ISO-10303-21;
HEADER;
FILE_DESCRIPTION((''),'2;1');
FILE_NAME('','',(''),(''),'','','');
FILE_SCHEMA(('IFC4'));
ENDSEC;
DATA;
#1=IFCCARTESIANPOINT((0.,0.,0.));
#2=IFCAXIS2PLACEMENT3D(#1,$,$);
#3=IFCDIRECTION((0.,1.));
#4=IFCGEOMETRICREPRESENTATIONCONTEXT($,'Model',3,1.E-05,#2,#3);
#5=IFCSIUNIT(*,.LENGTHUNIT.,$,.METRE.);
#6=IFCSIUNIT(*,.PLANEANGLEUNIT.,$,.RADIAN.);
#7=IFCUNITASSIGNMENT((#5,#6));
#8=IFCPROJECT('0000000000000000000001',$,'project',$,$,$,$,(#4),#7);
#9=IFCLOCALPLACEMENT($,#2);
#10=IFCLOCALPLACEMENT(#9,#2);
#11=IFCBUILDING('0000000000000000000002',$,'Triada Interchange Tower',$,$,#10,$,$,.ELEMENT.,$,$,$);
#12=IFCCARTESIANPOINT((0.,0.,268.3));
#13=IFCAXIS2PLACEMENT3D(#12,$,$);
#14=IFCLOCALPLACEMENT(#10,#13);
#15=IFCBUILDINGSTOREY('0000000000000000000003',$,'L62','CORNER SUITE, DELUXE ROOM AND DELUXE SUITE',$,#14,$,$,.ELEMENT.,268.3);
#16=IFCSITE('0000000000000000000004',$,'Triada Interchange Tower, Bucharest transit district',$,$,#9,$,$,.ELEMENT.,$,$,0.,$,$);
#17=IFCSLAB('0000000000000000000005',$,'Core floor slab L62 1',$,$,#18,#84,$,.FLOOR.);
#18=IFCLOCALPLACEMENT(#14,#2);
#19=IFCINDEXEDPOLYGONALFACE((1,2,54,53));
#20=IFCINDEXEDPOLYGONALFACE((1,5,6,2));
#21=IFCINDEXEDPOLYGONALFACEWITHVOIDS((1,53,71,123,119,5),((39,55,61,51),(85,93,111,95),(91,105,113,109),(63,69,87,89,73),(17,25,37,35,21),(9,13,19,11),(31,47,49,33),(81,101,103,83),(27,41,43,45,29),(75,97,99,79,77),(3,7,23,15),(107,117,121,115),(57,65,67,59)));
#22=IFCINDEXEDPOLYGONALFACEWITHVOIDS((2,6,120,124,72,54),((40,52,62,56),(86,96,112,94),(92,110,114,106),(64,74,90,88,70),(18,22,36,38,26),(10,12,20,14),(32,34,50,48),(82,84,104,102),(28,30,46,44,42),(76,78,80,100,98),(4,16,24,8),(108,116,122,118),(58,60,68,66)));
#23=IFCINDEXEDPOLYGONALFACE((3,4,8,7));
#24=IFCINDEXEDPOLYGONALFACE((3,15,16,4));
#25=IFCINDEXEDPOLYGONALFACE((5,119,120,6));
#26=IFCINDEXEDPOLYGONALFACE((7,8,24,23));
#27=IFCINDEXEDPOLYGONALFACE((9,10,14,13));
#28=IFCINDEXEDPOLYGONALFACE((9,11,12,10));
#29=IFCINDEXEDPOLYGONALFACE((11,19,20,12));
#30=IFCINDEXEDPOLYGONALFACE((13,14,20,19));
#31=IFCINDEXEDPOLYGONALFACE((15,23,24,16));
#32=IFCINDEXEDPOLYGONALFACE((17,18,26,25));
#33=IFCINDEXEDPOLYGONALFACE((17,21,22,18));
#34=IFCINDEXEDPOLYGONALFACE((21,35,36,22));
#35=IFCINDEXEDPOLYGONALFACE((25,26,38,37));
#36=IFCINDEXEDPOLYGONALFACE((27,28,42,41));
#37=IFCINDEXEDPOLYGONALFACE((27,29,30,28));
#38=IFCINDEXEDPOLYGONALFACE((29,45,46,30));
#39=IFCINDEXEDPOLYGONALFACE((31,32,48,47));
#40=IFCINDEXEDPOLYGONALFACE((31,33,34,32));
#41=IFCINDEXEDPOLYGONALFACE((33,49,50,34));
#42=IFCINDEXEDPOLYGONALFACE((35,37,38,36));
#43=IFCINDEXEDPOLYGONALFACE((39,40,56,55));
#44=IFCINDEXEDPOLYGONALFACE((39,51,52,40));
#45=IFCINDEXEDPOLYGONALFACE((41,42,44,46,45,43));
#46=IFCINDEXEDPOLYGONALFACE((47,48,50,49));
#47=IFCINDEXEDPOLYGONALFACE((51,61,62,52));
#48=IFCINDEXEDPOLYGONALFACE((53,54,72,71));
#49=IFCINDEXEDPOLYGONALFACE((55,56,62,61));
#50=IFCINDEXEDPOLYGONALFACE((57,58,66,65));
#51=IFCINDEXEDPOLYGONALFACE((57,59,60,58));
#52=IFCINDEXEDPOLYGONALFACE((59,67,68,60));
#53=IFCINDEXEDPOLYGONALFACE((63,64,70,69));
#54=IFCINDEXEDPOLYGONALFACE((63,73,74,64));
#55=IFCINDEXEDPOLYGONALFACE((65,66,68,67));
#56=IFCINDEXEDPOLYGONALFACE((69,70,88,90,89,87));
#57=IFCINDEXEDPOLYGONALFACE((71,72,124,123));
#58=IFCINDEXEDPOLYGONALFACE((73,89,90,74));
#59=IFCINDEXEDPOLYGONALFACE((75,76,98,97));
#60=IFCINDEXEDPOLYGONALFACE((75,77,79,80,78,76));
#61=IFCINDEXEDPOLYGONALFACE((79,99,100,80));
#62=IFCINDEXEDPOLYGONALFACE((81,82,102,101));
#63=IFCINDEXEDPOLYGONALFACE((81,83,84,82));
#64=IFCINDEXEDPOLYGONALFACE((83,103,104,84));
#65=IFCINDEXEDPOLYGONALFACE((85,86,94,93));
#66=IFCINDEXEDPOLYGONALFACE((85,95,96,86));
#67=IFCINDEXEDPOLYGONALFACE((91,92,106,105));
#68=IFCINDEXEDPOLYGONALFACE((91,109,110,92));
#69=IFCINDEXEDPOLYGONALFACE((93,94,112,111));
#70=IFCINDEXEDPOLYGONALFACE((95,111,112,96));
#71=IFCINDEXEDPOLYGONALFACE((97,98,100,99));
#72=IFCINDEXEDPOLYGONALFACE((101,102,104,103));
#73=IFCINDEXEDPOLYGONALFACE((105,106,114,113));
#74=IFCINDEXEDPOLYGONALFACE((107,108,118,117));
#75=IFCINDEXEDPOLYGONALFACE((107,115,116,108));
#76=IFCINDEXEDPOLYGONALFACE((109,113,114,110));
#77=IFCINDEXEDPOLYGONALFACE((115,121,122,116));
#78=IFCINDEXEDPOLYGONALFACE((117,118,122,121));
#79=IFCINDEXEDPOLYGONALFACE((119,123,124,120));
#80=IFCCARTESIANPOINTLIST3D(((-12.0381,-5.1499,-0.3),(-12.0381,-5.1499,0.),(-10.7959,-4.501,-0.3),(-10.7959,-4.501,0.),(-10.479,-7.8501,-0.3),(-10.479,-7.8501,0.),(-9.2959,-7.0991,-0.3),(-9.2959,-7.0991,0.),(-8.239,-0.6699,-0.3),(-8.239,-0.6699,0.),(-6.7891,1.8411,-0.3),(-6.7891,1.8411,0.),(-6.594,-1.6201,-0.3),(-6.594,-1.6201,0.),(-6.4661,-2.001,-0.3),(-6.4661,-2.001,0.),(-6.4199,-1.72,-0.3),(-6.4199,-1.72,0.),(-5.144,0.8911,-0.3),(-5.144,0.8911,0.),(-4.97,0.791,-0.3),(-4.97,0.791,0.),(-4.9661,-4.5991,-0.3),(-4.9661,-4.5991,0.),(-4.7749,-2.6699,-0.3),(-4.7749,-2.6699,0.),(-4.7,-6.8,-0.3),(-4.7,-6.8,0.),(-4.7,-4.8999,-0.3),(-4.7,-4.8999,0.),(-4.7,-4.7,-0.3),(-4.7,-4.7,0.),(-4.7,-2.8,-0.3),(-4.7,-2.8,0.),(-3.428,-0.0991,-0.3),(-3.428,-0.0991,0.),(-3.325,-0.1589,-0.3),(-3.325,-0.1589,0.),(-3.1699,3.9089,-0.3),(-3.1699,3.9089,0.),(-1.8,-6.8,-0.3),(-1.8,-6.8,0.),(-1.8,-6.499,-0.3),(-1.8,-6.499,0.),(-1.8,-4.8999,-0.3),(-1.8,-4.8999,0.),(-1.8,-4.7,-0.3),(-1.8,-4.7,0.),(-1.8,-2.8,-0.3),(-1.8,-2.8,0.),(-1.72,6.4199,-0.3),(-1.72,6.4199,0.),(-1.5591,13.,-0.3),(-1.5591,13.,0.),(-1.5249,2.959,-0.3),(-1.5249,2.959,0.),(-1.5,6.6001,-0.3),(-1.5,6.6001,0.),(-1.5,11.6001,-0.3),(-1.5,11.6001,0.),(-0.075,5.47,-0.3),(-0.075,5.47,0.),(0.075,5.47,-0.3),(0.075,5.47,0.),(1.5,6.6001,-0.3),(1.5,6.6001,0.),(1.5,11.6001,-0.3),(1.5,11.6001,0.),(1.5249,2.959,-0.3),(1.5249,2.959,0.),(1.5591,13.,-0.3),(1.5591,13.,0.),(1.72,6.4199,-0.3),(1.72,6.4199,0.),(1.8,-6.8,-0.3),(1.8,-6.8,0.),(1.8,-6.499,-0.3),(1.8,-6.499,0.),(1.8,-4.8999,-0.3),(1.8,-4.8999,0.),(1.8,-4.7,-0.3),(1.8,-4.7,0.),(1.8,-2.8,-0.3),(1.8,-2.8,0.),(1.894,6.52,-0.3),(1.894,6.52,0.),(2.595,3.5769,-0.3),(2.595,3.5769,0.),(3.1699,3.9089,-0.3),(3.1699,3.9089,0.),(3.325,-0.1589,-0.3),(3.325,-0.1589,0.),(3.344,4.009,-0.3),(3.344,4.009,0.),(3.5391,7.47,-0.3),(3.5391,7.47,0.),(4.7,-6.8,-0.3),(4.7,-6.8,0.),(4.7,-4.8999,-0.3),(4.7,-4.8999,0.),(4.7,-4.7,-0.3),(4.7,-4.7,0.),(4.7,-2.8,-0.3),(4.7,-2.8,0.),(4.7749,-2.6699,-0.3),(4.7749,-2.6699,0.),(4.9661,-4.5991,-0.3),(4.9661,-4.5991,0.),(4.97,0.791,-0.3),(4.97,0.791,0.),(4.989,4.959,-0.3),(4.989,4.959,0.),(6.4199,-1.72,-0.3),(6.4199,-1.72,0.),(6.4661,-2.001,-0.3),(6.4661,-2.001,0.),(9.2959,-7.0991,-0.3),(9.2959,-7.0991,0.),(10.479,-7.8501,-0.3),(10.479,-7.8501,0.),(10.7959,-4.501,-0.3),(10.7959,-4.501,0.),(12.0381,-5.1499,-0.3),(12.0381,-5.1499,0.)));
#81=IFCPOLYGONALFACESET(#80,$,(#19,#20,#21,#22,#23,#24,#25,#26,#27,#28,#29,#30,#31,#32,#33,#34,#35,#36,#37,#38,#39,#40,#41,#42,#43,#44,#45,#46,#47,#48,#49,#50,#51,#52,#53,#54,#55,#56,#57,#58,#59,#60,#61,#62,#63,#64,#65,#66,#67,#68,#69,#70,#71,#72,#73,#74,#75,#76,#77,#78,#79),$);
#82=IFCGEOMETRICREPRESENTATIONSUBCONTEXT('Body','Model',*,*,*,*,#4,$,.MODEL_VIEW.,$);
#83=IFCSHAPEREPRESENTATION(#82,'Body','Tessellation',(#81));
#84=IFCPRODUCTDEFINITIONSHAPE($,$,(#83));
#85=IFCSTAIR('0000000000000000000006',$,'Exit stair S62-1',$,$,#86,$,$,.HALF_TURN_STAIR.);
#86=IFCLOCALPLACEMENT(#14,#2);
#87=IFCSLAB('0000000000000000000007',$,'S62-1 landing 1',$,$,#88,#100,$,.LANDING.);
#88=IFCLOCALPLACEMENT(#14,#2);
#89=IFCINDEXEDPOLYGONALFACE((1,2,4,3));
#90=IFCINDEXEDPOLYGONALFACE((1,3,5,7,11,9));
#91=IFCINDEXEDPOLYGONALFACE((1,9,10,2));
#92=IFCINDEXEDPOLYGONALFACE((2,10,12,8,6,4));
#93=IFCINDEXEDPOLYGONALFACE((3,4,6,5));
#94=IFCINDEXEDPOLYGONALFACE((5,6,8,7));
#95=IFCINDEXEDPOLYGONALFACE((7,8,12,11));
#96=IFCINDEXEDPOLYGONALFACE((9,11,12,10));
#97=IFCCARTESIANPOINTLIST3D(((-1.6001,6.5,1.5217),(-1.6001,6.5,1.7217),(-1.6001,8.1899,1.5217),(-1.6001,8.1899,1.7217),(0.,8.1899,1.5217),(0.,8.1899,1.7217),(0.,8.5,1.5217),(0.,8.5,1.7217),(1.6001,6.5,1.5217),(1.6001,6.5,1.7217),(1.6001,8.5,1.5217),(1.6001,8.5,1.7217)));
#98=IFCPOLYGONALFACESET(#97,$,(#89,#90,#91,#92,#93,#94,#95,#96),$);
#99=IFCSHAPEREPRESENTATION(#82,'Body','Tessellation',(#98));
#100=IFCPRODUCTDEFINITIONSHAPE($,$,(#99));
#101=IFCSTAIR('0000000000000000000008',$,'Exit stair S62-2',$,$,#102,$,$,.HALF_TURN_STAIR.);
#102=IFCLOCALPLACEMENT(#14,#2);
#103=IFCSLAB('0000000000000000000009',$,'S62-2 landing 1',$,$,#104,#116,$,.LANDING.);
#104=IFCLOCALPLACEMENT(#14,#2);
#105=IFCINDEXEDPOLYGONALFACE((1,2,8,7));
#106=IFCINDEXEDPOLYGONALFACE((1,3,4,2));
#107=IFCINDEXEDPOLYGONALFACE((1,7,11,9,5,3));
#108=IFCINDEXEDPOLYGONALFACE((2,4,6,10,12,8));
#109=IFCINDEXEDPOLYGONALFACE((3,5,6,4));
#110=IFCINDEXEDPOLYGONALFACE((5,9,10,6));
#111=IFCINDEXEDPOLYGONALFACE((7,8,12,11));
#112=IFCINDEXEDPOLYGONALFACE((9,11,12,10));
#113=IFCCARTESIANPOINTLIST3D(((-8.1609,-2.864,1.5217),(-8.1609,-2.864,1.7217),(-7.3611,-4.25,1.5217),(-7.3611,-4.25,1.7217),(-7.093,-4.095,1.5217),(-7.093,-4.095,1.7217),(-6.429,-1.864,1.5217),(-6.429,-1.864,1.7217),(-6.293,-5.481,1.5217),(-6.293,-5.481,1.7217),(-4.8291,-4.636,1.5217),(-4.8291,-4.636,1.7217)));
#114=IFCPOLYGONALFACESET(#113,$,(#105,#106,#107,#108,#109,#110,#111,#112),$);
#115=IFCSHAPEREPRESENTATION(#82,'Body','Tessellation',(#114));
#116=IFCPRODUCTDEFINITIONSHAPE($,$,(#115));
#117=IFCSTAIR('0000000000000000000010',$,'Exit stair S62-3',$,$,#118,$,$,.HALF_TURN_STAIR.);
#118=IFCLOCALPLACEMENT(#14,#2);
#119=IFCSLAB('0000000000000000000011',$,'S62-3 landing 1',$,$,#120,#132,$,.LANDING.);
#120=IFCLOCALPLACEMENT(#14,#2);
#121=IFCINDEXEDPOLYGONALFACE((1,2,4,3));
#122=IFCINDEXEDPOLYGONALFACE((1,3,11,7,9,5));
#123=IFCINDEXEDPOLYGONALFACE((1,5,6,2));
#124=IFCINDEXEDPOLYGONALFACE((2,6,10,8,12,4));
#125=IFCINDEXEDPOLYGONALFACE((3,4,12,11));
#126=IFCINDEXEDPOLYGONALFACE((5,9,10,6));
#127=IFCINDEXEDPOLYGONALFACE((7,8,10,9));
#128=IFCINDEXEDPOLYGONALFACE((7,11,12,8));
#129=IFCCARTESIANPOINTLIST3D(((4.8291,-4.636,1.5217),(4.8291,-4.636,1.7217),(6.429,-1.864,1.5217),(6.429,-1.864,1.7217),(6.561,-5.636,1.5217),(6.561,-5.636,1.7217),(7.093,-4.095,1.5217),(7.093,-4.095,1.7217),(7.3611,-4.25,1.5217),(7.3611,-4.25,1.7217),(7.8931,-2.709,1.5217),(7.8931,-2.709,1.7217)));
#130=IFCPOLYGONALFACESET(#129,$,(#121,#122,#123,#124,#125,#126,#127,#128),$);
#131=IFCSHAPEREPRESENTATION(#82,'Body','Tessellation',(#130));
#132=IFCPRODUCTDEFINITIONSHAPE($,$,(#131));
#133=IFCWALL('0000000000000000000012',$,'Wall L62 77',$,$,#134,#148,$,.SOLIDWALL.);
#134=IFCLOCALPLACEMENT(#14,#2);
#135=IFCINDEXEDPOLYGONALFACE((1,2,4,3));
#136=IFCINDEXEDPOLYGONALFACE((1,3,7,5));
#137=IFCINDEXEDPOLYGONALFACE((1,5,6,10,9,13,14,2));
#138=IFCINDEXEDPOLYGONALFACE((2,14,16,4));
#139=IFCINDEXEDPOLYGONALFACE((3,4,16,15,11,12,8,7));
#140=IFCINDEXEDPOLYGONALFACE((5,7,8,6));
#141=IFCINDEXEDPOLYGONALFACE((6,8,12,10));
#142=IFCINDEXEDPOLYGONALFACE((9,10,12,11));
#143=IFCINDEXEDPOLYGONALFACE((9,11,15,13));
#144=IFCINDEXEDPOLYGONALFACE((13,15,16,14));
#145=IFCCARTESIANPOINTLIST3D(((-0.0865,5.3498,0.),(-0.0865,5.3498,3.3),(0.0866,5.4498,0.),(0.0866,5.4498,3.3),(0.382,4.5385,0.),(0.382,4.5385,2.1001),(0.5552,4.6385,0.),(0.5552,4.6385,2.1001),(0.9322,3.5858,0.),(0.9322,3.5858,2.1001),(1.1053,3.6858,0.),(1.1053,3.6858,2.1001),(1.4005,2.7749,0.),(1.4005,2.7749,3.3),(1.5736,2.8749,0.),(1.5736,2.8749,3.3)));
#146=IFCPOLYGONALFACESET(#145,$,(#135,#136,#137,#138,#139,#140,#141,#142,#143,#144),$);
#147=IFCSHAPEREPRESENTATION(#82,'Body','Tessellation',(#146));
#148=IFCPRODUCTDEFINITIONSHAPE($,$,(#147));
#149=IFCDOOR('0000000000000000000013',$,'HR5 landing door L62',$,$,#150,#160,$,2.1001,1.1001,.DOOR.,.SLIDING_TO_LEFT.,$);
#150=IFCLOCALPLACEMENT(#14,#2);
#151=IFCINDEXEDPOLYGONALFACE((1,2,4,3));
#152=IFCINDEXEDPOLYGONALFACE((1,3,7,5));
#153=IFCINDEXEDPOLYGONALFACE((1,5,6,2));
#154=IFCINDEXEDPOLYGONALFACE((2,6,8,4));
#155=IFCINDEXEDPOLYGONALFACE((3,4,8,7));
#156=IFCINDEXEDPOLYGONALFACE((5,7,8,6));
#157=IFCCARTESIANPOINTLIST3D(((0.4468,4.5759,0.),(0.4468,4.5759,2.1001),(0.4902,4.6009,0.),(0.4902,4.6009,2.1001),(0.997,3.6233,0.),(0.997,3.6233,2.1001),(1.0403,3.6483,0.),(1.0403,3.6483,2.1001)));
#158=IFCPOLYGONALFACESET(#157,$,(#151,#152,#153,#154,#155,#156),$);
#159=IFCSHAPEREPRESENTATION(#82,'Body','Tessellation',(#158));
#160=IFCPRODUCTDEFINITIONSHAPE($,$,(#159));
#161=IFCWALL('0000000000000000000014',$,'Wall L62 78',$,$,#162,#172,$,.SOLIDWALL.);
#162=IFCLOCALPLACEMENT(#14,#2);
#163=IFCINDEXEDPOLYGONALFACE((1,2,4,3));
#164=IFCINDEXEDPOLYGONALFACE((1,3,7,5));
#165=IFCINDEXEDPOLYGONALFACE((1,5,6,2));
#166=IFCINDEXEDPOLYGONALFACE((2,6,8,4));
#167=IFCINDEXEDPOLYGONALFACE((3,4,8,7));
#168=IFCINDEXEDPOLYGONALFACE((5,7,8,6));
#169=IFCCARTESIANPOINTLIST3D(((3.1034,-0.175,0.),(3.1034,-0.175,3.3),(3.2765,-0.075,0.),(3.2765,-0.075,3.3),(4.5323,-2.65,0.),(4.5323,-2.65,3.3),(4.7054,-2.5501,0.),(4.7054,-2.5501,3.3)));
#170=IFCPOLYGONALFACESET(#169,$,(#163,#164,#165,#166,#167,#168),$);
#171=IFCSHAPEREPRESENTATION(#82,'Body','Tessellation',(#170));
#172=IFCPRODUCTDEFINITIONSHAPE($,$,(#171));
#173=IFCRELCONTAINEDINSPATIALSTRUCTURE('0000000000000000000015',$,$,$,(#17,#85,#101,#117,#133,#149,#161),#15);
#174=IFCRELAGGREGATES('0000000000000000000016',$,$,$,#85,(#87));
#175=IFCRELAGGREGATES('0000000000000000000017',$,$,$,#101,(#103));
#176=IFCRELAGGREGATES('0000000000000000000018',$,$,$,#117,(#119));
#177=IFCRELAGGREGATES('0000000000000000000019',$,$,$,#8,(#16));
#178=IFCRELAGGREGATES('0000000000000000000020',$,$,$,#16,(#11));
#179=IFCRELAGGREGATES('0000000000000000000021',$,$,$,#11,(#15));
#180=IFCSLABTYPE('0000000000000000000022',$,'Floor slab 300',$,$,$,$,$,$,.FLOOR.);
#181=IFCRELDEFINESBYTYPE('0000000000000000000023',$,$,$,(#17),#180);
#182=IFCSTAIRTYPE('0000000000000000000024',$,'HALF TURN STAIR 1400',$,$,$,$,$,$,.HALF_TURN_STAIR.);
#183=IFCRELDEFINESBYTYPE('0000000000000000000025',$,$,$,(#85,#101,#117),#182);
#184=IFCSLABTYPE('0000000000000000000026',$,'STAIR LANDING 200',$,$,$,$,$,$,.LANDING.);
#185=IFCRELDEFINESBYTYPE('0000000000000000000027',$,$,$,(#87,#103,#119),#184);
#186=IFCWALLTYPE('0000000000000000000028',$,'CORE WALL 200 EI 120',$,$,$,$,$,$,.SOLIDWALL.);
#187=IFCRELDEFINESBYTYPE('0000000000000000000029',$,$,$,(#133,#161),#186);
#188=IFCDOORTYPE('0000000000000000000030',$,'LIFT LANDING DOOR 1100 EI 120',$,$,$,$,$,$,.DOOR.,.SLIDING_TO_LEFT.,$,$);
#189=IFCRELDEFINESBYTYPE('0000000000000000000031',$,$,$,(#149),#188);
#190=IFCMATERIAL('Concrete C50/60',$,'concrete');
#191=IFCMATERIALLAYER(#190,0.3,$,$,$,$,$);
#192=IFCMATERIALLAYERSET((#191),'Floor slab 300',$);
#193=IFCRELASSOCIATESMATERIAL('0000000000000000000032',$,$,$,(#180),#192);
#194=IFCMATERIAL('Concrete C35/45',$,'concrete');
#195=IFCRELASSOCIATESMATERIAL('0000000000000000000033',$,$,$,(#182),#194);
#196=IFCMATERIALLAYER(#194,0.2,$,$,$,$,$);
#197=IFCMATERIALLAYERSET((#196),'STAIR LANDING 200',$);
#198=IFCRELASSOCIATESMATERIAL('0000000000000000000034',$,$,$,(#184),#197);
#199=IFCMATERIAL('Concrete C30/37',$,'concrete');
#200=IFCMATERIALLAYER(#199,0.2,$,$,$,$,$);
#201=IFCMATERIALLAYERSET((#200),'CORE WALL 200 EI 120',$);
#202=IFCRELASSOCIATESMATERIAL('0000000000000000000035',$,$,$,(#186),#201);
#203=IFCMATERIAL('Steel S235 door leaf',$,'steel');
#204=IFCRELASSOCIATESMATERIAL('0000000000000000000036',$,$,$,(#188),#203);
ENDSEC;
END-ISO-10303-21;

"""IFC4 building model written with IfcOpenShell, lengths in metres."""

from ifc_helpers import new_model, si_unit, direction, frame, frame_2d, origin, place, context, subcontext, project, spatial, polyline, rectangle, outline, extrude, material, layer, layer_set, type_object, element, fill, aggregate, save


model = new_model("IFC4")

# Units and contexts
model_context = context("Model", 3, precision=1e-05, world=origin(), true_north=direction((0.0, 1.0)))
body_context = subcontext(model_context, "Body", "Model", "MODEL_VIEW")
ifc_project = project(units=[si_unit("LENGTHUNIT", "METRE"), si_unit("PLANEANGLEUNIT", "RADIAN")], contexts=[model_context])

# Site, building, storey
site_placement = place(None, origin())
site = spatial("IfcSite", under=ifc_project, at=site_placement, Name="Triada Interchange Tower, Bucharest transit district", CompositionType="ELEMENT", RefElevation=0.0)
building_placement = place(site_placement, origin())
building = spatial("IfcBuilding", under=site, at=building_placement, Name="Triada Interchange Tower", CompositionType="ELEMENT")
storey_placement = place(building_placement, frame((0.0, 0.0, 268.3)))
storey = spatial("IfcBuildingStorey", under=building, at=storey_placement, Name="L62", Description="CORNER SUITE, DELUXE ROOM AND DELUXE SUITE", CompositionType="ELEMENT", Elevation=268.3)

# Slab
ifc_material_1 = material(Name="Concrete C50/60", Category="concrete")
ifc_layer_1 = layer(ifc_material_1, 0.3)
ifc_layer_set_1 = layer_set([ifc_layer_1], Name="Floor slab 300")
slab_type_1 = type_object("IfcSlabType", Name="Floor slab 300", PredefinedType="FLOOR", material=ifc_layer_set_1)
slab_1_placement = place(storey_placement, frame((0.0, 0.0, -0.3)))
element("IfcSlab", 1, at=slab_1_placement, inside=storey, type_object=slab_type_1, Name="Core floor slab L62 1", PredefinedType="FLOOR", context=body_context, shape_type="SweptSolid", body=[
    extrude(outline(polyline([(12.0381, -5.1499), (10.479, -7.8501), (-10.479, -7.8501), (-12.0381, -5.1499), (-1.5591, 13.0), (1.5591, 13.0), (12.0381, -5.1499)]), holes=[polyline([(9.2959, -7.0991), (10.7959, -4.501), (6.4661, -2.001), (4.9661, -4.5991), (9.2959, -7.0991)]), polyline([(4.97, 0.791), (3.325, -0.1589), (4.7749, -2.6699), (6.4199, -1.72), (4.97, 0.791)]), polyline([(1.894, 6.52), (3.344, 4.009), (4.989, 4.959), (3.5391, 7.47), (1.894, 6.52)]), polyline([(1.8, -4.8999), (1.8, -6.499), (1.8, -6.8), (4.7, -6.8), (4.7, -4.8999), (1.8, -4.8999)]), polyline([(4.7, -2.8), (1.8, -2.8), (1.8, -4.7), (4.7, -4.7), (4.7, -2.8)]), polyline([(1.5249, 2.959), (2.595, 3.5769), (3.1699, 3.9089), (1.72, 6.4199), (0.075, 5.47), (1.5249, 2.959)]), polyline([(-1.5, 11.6001), (-1.5, 6.6001), (1.5, 6.6001), (1.5, 11.6001), (-1.5, 11.6001)]), polyline([(-1.5249, 2.959), (-0.075, 5.47), (-1.72, 6.4199), (-3.1699, 3.9089), (-1.5249, 2.959)]), polyline([(-1.8, -2.8), (-4.7, -2.8), (-4.7, -4.7), (-1.8, -4.7), (-1.8, -2.8)]), polyline([(-4.7, -6.8), (-1.8, -6.8), (-1.8, -6.499), (-1.8, -4.8999), (-4.7, -4.8999), (-4.7, -6.8)]), polyline([(-3.428, -0.0991), (-4.97, 0.791), (-6.4199, -1.72), (-4.7749, -2.6699), (-3.325, -0.1589), (-3.428, -0.0991)]), polyline([(-10.7959, -4.501), (-9.2959, -7.0991), (-4.9661, -4.5991), (-6.4661, -2.001), (-10.7959, -4.501)]), polyline([(-6.594, -1.6201), (-5.144, 0.8911), (-6.7891, 1.8411), (-8.239, -0.6699), (-6.594, -1.6201)])]), origin(), (0.0, 0.0, 1.0), 0.3),
])

# Stairs, slabs
ifc_material_2 = material(Name="Concrete C35/45", Category="concrete")
stair_type = type_object("IfcStairType", Name="HALF TURN STAIR 1400", PredefinedType="HALF_TURN_STAIR", material=ifc_material_2)
stair_1_placement = place(storey_placement, origin())
stair_1 = element("IfcStair", 2, at=stair_1_placement, inside=storey, type_object=stair_type, Name="Exit stair S62-1", PredefinedType="HALF_TURN_STAIR")
ifc_layer_2 = layer(ifc_material_2, 0.2)
ifc_layer_set_2 = layer_set([ifc_layer_2], Name="STAIR LANDING 200")
slab_type_2 = type_object("IfcSlabType", Name="STAIR LANDING 200", PredefinedType="LANDING", material=ifc_layer_set_2)
slab_2_placement = place(storey_placement, frame((0.0, 0.0, 1.5217)))
slab_2 = element("IfcSlab", 3, at=slab_2_placement, type_object=slab_type_2, Name="S62-1 landing 1", PredefinedType="LANDING", context=body_context, shape_type="SweptSolid", body=[
    extrude(outline(polyline([(1.6001, 6.5), (1.6001, 8.5), (0.0, 8.5), (0.0, 8.1899), (-1.6001, 8.1899), (-1.6001, 6.5), (1.6001, 6.5)])), origin(), (0.0, 0.0, 1.0), 0.2),
])
aggregate(stair_1, [slab_2])
stair_2_placement = place(storey_placement, origin())
stair_2 = element("IfcStair", 4, at=stair_2_placement, inside=storey, type_object=stair_type, Name="Exit stair S62-2", PredefinedType="HALF_TURN_STAIR")
slab_3_placement = place(storey_placement, frame((0.0, 0.0, 1.5217)))
slab_3 = element("IfcSlab", 5, at=slab_3_placement, type_object=slab_type_2, Name="S62-2 landing 1", PredefinedType="LANDING", context=body_context, shape_type="SweptSolid", body=[
    extrude(outline(polyline([(-6.429, -1.864), (-8.1609, -2.864), (-7.3611, -4.25), (-7.093, -4.095), (-6.293, -5.481), (-4.8291, -4.636), (-6.429, -1.864)])), origin(), (0.0, 0.0, 1.0), 0.2),
])
aggregate(stair_2, [slab_3])
stair_3_placement = place(storey_placement, origin())
stair_3 = element("IfcStair", 6, at=stair_3_placement, inside=storey, type_object=stair_type, Name="Exit stair S62-3", PredefinedType="HALF_TURN_STAIR")
slab_4_placement = place(storey_placement, frame((0.0, 0.0, 1.5217)))
slab_4 = element("IfcSlab", 7, at=slab_4_placement, type_object=slab_type_2, Name="S62-3 landing 1", PredefinedType="LANDING", context=body_context, shape_type="SweptSolid", body=[
    extrude(outline(polyline([(4.8291, -4.636), (6.561, -5.636), (7.3611, -4.25), (7.093, -4.095), (7.8931, -2.709), (6.429, -1.864), (4.8291, -4.636)])), origin(), (0.0, 0.0, 1.0), 0.2),
])
aggregate(stair_3, [slab_4])

# Wall, opening, door
ifc_material_3 = material(Name="Concrete C30/37", Category="concrete")
ifc_layer_3 = layer(ifc_material_3, 0.2)
ifc_layer_set_3 = layer_set([ifc_layer_3], Name="CORE WALL 200 EI 120")
wall_type_1 = type_object("IfcWallType", Name="CORE WALL 200 EI 120", PredefinedType="SOLIDWALL", material=ifc_layer_set_3)
wall_1_placement = place(storey_placement, frame((0.0, 5.3999, 0.0), z_axis=(0.0, 0.0, 1.0), x_axis=(0.500104, -0.865965, 0.0)))
wall_1 = element("IfcWall", 8, at=wall_1_placement, inside=storey, type_object=wall_type_1, Name="Wall L62 77", PredefinedType="SOLIDWALL", context=body_context, shape_type="SweptSolid", body=[
    extrude(rectangle(XDim=2.9734, YDim=0.2, at=frame_2d((1.4868, 0.0))), origin(), (0.0, 0.0, 1.0), 3.3),
])
opening_1_placement = place(wall_1_placement, frame((0.937, 0.0, 0.0)))
opening_1 = element("IfcOpeningElement", 9, at=opening_1_placement, cuts=wall_1, PredefinedType="OPENING", context=body_context, shape_type="SweptSolid", body=[
    extrude(rectangle(XDim=1.1001, YDim=2.1001, at=frame_2d((0.55, 1.05))), frame((0.0, 0.1099, 0.0), z_axis=(0.0, -1.0, 0.0), x_axis=(1.0, 0.0, 0.0)), (0.0, 0.0, 1.0), 0.22),
])
ifc_material_4 = material(Name="Steel S235 door leaf", Category="steel")
door_type_1 = type_object("IfcDoorType", Name="LIFT LANDING DOOR 1100 EI 120", OperationType="SLIDING_TO_LEFT", PredefinedType="DOOR", material=ifc_material_4)
door_1_placement = place(opening_1_placement, origin())
door_1 = element("IfcDoor", 10, at=door_1_placement, inside=storey, type_object=door_type_1, Name="HR5 landing door L62", OperationType="SLIDING_TO_LEFT", OverallHeight=2.1001, OverallWidth=1.1001, PredefinedType="DOOR", context=body_context, shape_type="SweptSolid", body=[
    extrude(rectangle(XDim=1.1001, YDim=2.1001, at=frame_2d((0.55, 1.05))), frame((0.0, 0.0249, 0.0), z_axis=(0.0, -1.0, 0.0), x_axis=(1.0, 0.0, 0.0)), (0.0, 0.0, 1.0), 0.05),
])
fill(opening_1, door_1)

# Wall
wall_2_placement = place(storey_placement, frame((3.1899, -0.125, 0.0), z_axis=(0.0, 0.0, 1.0), x_axis=(0.499989, -0.866032, 0.0)))
element("IfcWall", 11, at=wall_2_placement, inside=storey, type_object=wall_type_1, Name="Wall L62 78", PredefinedType="SOLIDWALL", context=body_context, shape_type="SweptSolid", body=[
    extrude(rectangle(XDim=2.8579, YDim=0.2, at=frame_2d((1.429, 0.0))), origin(), (0.0, 0.0, 1.0), 3.3),
])

save(model, "model.ifc")
